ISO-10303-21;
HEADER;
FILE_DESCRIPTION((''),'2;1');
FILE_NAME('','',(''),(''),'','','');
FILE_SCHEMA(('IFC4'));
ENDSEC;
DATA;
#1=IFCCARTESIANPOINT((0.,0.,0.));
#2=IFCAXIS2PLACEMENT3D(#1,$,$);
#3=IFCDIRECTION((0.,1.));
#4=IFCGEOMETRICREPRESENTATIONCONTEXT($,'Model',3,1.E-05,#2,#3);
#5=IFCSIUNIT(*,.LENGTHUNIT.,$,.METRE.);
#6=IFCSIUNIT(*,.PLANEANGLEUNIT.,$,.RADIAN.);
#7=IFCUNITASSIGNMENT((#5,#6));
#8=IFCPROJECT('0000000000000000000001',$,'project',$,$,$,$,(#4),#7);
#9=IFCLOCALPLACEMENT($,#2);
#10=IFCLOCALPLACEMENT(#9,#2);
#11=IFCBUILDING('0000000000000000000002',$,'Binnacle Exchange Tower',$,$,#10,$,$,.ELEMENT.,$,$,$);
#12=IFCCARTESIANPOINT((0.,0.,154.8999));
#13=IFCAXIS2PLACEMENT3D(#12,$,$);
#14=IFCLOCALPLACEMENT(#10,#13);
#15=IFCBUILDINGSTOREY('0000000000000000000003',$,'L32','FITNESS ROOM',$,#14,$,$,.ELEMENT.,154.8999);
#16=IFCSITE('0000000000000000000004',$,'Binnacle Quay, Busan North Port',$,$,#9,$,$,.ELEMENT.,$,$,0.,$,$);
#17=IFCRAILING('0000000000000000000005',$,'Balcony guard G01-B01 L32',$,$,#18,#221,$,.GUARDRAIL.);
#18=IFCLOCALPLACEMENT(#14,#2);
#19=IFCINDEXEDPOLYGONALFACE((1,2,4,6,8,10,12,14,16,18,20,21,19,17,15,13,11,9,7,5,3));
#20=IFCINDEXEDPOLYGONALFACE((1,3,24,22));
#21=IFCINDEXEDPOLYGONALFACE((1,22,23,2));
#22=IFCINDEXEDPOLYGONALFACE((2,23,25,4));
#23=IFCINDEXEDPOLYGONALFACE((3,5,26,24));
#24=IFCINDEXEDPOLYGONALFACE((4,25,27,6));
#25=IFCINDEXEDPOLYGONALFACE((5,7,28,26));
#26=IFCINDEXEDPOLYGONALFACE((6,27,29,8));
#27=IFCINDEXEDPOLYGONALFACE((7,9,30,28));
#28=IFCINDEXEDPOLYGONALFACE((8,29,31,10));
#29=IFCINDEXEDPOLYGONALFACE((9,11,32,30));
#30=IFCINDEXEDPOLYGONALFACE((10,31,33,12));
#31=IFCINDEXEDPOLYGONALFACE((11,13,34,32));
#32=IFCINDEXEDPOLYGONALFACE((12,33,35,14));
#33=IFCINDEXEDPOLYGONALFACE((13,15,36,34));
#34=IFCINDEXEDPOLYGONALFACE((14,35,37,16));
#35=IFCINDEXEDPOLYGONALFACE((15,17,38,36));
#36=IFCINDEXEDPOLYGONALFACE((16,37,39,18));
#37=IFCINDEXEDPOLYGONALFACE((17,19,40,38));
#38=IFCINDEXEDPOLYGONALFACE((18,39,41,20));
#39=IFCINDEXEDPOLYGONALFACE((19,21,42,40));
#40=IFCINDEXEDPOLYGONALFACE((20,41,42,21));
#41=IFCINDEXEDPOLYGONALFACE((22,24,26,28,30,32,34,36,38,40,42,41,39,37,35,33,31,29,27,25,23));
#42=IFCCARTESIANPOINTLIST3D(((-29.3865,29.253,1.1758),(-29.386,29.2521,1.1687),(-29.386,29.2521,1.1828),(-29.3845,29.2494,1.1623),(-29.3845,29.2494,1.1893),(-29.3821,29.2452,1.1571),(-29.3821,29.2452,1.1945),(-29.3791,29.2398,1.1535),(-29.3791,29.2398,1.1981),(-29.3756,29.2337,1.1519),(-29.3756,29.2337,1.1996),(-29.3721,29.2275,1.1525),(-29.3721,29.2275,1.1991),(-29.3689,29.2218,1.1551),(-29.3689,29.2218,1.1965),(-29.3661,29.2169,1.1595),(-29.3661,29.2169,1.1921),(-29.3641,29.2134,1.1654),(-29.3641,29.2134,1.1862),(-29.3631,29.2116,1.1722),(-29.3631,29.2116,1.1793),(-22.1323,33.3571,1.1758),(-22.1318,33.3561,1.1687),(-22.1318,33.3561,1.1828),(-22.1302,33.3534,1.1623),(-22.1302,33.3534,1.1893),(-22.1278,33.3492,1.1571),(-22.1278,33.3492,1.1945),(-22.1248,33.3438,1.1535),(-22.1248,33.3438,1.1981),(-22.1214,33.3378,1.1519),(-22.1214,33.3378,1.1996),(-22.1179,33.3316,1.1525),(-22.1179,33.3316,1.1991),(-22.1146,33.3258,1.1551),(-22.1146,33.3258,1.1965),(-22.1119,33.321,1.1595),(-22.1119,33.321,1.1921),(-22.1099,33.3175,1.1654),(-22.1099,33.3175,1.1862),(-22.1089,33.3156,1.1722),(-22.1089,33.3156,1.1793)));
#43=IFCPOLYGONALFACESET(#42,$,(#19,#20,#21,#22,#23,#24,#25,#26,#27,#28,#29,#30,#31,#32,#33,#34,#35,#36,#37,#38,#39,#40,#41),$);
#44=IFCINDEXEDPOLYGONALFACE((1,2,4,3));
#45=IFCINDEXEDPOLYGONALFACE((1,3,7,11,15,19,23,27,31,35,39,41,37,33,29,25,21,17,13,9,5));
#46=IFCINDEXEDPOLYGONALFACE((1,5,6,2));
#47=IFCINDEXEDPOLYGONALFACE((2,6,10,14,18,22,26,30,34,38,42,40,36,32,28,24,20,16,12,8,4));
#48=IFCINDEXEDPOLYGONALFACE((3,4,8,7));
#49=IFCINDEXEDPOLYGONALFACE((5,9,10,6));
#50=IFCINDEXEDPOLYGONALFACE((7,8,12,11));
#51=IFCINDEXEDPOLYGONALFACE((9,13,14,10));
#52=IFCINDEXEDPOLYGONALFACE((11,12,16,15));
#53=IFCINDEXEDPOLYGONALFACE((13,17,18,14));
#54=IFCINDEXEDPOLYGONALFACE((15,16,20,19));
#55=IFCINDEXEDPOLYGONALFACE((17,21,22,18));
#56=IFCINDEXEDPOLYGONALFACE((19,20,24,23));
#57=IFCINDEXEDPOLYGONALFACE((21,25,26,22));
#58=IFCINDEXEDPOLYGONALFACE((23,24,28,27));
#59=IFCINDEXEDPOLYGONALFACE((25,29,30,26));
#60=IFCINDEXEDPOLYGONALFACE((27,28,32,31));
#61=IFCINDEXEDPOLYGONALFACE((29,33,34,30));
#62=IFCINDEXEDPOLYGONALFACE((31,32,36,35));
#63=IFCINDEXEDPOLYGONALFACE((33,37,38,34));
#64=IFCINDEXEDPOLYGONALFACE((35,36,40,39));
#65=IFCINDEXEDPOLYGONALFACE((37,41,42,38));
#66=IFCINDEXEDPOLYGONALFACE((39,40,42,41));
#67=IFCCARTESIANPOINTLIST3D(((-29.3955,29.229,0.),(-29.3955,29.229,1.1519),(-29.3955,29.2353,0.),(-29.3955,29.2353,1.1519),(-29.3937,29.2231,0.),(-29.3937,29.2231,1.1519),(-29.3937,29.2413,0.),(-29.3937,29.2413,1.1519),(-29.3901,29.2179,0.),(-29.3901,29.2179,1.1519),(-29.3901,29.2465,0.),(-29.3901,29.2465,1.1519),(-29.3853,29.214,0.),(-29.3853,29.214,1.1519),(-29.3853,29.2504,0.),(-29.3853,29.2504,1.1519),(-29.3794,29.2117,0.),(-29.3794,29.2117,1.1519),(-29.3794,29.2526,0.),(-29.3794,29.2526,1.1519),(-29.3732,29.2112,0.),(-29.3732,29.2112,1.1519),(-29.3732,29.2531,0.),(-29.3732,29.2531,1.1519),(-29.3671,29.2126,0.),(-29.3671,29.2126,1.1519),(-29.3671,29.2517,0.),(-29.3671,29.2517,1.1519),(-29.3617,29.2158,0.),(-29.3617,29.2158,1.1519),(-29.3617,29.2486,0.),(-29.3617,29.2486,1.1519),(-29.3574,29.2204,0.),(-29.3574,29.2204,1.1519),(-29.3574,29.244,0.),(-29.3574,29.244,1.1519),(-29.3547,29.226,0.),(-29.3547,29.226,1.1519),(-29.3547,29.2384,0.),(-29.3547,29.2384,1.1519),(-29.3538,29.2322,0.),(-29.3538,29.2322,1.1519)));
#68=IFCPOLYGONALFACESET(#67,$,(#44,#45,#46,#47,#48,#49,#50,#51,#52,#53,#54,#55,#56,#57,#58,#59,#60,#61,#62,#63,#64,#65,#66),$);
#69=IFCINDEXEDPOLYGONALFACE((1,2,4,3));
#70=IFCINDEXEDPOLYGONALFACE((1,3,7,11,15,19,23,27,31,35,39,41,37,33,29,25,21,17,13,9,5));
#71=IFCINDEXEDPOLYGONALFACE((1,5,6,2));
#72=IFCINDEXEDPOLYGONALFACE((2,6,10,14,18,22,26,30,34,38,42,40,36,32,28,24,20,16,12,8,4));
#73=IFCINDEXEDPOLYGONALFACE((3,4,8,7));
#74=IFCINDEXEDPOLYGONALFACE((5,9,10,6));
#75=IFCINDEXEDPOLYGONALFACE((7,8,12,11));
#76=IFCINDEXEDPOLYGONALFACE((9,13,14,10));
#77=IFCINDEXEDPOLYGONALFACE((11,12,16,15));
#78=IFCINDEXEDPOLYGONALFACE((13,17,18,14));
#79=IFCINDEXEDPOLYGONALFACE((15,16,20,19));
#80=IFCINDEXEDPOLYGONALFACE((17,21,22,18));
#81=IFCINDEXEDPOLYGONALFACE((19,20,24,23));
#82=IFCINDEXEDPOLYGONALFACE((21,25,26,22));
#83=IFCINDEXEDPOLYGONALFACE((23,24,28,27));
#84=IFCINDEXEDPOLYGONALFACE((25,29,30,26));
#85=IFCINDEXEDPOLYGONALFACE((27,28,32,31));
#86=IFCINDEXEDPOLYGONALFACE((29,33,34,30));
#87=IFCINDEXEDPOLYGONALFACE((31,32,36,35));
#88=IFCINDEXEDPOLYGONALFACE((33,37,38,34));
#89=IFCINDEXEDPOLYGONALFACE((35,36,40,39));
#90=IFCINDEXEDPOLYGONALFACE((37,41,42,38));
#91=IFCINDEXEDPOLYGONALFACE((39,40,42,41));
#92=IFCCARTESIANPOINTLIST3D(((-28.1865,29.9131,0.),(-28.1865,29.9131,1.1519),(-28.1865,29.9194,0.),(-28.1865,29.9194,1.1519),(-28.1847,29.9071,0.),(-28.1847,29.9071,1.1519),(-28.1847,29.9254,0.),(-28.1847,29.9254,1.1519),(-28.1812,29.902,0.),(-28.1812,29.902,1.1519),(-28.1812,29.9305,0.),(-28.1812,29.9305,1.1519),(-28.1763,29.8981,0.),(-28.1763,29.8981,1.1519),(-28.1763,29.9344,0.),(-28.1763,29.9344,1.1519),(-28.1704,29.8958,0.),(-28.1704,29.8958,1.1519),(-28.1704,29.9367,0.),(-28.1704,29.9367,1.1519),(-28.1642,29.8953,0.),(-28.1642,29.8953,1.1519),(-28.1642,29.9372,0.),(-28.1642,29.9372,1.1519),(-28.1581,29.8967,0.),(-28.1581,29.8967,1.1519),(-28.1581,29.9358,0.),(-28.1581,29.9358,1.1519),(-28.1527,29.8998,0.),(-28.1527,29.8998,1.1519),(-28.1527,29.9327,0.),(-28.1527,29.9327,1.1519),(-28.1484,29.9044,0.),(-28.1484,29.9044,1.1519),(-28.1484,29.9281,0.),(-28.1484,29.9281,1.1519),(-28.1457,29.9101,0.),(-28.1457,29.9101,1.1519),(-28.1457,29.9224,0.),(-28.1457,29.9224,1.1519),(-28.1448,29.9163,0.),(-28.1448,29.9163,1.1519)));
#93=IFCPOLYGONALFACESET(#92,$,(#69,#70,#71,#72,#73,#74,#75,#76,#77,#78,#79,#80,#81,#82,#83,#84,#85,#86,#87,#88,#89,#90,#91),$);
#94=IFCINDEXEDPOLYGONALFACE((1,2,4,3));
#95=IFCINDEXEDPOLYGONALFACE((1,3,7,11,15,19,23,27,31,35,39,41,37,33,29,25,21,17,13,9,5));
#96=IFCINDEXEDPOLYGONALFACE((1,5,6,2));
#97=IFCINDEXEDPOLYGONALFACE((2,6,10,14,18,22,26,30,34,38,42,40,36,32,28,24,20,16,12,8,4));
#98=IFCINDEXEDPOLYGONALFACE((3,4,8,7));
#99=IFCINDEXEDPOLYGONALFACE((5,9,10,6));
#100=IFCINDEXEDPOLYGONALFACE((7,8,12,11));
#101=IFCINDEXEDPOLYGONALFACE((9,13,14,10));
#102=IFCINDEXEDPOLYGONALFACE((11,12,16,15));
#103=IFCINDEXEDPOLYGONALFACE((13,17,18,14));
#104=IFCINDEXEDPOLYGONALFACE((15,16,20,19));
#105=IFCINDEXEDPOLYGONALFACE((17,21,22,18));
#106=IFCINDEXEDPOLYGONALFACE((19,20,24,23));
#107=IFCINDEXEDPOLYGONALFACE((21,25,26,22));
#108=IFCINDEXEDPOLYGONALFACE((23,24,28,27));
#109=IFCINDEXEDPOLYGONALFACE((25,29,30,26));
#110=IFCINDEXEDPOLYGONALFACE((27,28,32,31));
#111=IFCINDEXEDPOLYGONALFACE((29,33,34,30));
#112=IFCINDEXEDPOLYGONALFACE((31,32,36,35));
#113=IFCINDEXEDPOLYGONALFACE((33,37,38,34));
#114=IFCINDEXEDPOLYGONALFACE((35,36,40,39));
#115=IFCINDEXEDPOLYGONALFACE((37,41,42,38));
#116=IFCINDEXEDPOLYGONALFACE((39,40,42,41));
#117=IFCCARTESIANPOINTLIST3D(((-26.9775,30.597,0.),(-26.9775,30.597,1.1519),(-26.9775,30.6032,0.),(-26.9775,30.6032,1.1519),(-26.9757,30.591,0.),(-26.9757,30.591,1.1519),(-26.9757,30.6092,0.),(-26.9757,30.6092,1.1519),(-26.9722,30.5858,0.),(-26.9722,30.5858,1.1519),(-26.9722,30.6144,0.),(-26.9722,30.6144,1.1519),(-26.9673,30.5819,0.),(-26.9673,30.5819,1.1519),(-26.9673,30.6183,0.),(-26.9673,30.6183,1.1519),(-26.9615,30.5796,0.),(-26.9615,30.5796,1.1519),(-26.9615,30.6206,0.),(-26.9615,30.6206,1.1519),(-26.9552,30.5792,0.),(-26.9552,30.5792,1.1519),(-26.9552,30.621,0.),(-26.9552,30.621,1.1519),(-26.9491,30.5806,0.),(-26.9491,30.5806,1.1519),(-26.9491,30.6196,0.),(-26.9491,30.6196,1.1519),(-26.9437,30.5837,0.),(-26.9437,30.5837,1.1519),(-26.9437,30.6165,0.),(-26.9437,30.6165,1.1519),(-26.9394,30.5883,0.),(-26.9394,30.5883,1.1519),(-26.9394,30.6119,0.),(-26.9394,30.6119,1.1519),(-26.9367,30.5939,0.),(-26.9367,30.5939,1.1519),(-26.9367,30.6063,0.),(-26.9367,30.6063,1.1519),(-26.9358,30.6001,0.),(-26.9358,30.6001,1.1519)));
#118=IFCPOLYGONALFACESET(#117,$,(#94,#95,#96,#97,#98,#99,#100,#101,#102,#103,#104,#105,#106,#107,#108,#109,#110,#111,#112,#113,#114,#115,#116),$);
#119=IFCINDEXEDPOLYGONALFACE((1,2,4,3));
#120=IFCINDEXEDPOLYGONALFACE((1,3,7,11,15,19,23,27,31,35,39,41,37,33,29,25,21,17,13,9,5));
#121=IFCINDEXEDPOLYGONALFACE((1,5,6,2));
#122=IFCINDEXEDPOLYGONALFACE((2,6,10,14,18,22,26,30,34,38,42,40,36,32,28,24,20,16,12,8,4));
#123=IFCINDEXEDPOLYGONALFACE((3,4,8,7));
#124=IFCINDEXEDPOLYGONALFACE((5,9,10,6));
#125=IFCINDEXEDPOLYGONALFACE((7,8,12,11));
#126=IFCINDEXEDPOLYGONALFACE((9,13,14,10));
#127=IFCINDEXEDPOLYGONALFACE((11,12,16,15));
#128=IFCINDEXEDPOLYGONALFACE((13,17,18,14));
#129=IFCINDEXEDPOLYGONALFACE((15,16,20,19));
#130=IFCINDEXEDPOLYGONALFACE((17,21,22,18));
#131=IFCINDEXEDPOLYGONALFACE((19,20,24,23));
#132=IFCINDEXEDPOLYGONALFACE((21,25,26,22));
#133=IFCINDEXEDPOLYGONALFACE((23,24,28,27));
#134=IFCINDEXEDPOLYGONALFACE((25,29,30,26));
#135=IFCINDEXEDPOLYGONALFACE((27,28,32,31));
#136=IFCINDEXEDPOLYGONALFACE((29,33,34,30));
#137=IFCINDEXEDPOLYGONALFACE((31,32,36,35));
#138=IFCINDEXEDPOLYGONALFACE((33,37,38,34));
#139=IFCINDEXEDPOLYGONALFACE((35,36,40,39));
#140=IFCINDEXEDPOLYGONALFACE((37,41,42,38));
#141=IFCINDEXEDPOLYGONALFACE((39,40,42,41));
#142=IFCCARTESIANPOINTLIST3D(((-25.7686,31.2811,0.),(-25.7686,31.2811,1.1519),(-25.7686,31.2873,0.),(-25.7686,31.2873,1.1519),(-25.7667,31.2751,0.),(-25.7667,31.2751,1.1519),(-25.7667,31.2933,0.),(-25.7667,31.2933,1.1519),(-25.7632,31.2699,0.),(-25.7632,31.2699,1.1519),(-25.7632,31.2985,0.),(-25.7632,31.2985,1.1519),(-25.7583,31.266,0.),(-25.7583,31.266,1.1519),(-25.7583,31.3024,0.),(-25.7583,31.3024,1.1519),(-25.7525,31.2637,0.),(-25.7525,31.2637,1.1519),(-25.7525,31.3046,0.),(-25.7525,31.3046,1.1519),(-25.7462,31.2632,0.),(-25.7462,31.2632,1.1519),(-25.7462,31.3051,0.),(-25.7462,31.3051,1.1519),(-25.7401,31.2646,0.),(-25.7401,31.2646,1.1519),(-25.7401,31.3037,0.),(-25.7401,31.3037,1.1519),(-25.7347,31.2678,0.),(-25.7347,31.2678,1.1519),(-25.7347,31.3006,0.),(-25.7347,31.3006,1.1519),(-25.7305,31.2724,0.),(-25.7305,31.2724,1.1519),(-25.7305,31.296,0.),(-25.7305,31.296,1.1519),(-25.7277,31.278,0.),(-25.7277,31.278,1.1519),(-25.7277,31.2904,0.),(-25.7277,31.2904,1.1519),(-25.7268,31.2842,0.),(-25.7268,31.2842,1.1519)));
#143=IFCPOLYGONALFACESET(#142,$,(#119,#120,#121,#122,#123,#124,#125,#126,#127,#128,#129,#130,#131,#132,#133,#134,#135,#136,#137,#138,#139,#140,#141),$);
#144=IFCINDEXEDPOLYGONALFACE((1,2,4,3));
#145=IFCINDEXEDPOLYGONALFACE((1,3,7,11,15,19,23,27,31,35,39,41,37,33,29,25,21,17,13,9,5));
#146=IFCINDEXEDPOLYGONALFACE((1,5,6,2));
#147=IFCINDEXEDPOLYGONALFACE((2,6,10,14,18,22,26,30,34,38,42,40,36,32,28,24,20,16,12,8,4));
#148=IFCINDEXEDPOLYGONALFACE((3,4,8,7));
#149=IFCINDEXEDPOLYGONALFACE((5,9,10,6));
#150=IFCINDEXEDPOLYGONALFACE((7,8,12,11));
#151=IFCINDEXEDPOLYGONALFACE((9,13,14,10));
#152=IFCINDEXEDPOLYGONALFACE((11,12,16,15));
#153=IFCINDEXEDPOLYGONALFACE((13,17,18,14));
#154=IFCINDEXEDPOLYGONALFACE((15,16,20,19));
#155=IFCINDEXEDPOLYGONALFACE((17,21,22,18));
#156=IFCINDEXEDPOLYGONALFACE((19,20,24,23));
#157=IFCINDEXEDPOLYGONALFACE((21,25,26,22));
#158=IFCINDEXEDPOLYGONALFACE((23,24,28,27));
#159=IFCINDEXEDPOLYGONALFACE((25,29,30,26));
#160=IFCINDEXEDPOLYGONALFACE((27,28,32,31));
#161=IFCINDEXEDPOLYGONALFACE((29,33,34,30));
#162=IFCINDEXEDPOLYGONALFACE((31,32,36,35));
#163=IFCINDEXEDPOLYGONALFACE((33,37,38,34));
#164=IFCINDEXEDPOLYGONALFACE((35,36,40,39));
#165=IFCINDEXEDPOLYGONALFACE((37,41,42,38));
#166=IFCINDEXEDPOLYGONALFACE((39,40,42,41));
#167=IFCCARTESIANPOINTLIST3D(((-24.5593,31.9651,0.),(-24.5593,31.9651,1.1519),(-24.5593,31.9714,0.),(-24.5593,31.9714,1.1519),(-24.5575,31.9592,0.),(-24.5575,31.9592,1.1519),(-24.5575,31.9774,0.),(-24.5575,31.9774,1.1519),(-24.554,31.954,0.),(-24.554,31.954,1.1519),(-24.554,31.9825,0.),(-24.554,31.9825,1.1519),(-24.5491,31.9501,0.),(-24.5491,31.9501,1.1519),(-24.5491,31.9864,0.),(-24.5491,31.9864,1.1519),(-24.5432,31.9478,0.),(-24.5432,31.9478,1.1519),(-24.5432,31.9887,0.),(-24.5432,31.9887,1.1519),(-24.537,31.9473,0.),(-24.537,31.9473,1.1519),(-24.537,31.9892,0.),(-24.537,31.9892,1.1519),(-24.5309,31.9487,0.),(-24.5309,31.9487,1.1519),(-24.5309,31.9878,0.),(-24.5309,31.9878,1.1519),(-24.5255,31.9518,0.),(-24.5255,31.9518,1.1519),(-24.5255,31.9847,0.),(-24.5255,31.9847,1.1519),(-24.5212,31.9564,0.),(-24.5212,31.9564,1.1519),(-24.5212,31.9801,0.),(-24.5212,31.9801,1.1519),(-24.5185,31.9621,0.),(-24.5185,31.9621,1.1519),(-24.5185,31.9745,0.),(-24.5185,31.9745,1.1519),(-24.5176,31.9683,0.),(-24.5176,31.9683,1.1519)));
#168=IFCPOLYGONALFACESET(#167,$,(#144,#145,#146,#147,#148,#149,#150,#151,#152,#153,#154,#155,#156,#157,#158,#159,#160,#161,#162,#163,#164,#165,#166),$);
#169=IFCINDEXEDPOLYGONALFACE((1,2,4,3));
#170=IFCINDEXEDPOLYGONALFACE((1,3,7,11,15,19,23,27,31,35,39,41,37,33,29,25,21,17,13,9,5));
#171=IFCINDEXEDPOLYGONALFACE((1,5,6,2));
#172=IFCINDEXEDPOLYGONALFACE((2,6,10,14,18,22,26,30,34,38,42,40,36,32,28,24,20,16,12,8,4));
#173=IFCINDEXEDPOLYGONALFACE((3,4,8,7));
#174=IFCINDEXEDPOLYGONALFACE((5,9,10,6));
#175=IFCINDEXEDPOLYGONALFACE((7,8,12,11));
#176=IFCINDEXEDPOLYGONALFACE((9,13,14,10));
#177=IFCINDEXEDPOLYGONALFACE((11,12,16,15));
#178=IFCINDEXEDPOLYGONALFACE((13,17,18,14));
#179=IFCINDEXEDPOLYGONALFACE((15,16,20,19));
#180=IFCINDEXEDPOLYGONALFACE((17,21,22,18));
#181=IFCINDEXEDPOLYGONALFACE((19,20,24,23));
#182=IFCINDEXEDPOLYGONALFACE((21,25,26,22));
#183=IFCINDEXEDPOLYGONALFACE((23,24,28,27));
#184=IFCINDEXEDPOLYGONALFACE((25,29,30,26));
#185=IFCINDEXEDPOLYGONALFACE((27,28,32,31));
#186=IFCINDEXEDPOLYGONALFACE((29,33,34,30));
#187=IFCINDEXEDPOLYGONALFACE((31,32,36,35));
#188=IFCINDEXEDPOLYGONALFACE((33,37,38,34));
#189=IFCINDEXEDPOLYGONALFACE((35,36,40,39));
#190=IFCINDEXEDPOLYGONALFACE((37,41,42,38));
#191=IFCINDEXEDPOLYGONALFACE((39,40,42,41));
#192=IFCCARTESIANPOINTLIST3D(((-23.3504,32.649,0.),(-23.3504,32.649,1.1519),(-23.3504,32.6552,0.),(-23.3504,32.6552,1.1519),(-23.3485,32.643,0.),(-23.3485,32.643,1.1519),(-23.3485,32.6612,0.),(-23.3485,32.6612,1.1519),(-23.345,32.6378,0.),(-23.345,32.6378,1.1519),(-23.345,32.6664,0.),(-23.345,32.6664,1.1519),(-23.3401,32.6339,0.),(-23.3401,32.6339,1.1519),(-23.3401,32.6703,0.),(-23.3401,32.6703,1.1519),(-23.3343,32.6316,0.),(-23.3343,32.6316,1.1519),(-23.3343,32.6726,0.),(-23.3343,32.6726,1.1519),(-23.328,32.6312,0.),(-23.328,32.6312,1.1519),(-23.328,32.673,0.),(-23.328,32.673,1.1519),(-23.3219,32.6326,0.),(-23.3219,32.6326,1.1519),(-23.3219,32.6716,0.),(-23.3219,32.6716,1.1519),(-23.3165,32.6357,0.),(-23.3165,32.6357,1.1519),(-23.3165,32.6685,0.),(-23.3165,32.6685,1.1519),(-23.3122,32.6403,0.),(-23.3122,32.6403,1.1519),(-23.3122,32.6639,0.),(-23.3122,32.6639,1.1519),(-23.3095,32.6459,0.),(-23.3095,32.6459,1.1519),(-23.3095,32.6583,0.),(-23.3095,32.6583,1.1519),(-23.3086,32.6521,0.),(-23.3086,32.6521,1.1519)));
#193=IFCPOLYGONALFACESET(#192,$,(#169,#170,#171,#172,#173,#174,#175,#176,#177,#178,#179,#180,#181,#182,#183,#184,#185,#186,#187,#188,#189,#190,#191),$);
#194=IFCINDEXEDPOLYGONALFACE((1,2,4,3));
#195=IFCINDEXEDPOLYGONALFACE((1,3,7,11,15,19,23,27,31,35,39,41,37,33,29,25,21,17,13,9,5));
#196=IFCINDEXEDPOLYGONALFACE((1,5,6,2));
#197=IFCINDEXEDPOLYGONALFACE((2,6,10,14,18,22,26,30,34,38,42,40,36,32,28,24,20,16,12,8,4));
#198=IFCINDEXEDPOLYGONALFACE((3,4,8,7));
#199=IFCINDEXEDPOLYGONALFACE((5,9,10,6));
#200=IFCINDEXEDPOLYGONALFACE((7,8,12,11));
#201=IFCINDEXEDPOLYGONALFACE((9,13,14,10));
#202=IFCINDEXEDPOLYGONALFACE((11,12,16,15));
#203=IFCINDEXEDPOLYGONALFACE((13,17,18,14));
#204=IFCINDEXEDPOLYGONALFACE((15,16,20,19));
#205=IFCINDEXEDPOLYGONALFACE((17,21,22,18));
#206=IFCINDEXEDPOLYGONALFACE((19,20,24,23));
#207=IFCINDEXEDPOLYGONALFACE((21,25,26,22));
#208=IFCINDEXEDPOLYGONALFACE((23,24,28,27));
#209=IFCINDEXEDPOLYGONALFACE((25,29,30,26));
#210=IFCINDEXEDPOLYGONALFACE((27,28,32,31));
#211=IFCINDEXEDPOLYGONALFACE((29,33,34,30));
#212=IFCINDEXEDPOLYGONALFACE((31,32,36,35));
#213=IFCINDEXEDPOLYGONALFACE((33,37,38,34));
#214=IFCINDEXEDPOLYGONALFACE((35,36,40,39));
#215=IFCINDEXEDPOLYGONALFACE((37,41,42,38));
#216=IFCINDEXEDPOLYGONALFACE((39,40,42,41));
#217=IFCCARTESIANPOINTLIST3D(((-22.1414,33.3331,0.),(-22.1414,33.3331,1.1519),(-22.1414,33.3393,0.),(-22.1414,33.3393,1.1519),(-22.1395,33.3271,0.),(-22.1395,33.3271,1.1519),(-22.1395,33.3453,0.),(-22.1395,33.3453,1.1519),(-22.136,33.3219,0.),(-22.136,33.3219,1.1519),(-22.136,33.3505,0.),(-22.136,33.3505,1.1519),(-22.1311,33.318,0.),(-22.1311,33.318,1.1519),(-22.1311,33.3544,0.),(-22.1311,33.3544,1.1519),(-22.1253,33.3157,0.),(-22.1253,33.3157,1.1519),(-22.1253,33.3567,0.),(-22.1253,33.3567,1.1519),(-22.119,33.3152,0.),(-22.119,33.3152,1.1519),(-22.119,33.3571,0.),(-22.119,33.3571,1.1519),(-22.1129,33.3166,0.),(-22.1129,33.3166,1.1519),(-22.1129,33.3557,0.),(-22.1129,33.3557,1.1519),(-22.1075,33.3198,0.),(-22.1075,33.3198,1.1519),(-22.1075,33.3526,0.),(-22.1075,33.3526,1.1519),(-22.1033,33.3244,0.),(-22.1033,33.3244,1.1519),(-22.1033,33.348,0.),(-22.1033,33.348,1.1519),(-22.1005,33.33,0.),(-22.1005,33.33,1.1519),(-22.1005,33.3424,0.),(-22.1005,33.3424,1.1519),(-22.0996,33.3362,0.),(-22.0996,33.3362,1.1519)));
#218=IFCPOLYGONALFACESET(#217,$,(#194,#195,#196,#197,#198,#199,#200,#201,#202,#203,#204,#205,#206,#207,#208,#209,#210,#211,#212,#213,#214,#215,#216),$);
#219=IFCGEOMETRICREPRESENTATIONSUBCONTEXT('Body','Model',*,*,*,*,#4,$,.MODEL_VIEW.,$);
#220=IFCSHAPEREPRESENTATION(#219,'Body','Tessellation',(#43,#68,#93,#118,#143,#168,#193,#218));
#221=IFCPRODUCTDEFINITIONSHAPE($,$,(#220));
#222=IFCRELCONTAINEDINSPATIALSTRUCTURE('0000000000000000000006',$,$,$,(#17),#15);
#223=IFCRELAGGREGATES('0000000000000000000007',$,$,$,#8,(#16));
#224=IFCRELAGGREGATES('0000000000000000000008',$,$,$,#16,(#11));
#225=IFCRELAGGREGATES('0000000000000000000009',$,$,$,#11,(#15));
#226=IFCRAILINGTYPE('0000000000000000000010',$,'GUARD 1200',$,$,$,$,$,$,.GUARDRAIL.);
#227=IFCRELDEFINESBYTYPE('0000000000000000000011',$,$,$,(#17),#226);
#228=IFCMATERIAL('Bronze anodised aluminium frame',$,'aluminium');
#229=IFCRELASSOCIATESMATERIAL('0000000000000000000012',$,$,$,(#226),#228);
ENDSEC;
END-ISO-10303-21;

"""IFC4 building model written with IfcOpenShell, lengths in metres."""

from ifc_helpers import new_model, si_unit, direction, frame, origin, origin_2d, place, context, subcontext, project, spatial, circle, extrude, material, type_object, element, save


model = new_model("IFC4")

# Units and contexts
model_context = context("Model", 3, precision=1e-05, world=origin(), true_north=direction((0.0, 1.0)))
body_context = subcontext(model_context, "Body", "Model", "MODEL_VIEW")
ifc_project = project(units=[si_unit("LENGTHUNIT", "METRE"), si_unit("PLANEANGLEUNIT", "RADIAN")], contexts=[model_context])

# Site, building, storey
site_placement = place(None, origin())
site = spatial("IfcSite", under=ifc_project, at=site_placement, Name="Binnacle Quay, Busan North Port", CompositionType="ELEMENT", RefElevation=0.0)
building_placement = place(site_placement, origin())
building = spatial("IfcBuilding", under=site, at=building_placement, Name="Binnacle Exchange Tower", CompositionType="ELEMENT")
storey_placement = place(building_placement, frame((0.0, 0.0, 154.8999)))
storey = spatial("IfcBuildingStorey", under=building, at=storey_placement, Name="L32", Description="FITNESS ROOM", CompositionType="ELEMENT", Elevation=154.8999)

# Railing
ifc_material_1 = material(Name="Bronze anodised aluminium frame", Category="aluminium")
railing_type_1 = type_object("IfcRailingType", Name="GUARD 1200", PredefinedType="GUARDRAIL", material=ifc_material_1)
railing_1_placement = place(storey_placement, frame((-29.3748, 29.2322, 0.0)))
element("IfcRailing", 1, at=railing_1_placement, inside=storey, type_object=railing_type_1, Name="Balcony guard G01-B01 L32", PredefinedType="GUARDRAIL", context=body_context, shape_type="SweptSolid", body=[
    extrude(circle(Radius=0.0239, at=origin_2d()), frame((0.0, 0.0, 1.1758), z_axis=(0.870366, 0.492406, 0.0), x_axis=(-0.492406, 0.870366, 0.0)), (0.0, 0.0, 1.0), 8.3347),
    extrude(circle(Radius=0.021, at=origin_2d()), origin(), (0.0, 0.0, 1.0), 1.1519),
    extrude(circle(Radius=0.021, at=origin_2d()), frame((1.209, 0.6841, 0.0)), (0.0, 0.0, 1.0), 1.1519),
    extrude(circle(Radius=0.021, at=origin_2d()), frame((2.418, 1.3679, 0.0)), (0.0, 0.0, 1.0), 1.1519),
    extrude(circle(Radius=0.021, at=origin_2d()), frame((3.627, 2.052, 0.0)), (0.0, 0.0, 1.0), 1.1519),
    extrude(circle(Radius=0.021, at=origin_2d()), frame((4.8362, 2.7361, 0.0)), (0.0, 0.0, 1.0), 1.1519),
    extrude(circle(Radius=0.021, at=origin_2d()), frame((6.0452, 3.4199, 0.0)), (0.0, 0.0, 1.0), 1.1519),
    extrude(circle(Radius=0.021, at=origin_2d()), frame((7.2542, 4.104, 0.0)), (0.0, 0.0, 1.0), 1.1519),
])

save(model, "model.ifc")
